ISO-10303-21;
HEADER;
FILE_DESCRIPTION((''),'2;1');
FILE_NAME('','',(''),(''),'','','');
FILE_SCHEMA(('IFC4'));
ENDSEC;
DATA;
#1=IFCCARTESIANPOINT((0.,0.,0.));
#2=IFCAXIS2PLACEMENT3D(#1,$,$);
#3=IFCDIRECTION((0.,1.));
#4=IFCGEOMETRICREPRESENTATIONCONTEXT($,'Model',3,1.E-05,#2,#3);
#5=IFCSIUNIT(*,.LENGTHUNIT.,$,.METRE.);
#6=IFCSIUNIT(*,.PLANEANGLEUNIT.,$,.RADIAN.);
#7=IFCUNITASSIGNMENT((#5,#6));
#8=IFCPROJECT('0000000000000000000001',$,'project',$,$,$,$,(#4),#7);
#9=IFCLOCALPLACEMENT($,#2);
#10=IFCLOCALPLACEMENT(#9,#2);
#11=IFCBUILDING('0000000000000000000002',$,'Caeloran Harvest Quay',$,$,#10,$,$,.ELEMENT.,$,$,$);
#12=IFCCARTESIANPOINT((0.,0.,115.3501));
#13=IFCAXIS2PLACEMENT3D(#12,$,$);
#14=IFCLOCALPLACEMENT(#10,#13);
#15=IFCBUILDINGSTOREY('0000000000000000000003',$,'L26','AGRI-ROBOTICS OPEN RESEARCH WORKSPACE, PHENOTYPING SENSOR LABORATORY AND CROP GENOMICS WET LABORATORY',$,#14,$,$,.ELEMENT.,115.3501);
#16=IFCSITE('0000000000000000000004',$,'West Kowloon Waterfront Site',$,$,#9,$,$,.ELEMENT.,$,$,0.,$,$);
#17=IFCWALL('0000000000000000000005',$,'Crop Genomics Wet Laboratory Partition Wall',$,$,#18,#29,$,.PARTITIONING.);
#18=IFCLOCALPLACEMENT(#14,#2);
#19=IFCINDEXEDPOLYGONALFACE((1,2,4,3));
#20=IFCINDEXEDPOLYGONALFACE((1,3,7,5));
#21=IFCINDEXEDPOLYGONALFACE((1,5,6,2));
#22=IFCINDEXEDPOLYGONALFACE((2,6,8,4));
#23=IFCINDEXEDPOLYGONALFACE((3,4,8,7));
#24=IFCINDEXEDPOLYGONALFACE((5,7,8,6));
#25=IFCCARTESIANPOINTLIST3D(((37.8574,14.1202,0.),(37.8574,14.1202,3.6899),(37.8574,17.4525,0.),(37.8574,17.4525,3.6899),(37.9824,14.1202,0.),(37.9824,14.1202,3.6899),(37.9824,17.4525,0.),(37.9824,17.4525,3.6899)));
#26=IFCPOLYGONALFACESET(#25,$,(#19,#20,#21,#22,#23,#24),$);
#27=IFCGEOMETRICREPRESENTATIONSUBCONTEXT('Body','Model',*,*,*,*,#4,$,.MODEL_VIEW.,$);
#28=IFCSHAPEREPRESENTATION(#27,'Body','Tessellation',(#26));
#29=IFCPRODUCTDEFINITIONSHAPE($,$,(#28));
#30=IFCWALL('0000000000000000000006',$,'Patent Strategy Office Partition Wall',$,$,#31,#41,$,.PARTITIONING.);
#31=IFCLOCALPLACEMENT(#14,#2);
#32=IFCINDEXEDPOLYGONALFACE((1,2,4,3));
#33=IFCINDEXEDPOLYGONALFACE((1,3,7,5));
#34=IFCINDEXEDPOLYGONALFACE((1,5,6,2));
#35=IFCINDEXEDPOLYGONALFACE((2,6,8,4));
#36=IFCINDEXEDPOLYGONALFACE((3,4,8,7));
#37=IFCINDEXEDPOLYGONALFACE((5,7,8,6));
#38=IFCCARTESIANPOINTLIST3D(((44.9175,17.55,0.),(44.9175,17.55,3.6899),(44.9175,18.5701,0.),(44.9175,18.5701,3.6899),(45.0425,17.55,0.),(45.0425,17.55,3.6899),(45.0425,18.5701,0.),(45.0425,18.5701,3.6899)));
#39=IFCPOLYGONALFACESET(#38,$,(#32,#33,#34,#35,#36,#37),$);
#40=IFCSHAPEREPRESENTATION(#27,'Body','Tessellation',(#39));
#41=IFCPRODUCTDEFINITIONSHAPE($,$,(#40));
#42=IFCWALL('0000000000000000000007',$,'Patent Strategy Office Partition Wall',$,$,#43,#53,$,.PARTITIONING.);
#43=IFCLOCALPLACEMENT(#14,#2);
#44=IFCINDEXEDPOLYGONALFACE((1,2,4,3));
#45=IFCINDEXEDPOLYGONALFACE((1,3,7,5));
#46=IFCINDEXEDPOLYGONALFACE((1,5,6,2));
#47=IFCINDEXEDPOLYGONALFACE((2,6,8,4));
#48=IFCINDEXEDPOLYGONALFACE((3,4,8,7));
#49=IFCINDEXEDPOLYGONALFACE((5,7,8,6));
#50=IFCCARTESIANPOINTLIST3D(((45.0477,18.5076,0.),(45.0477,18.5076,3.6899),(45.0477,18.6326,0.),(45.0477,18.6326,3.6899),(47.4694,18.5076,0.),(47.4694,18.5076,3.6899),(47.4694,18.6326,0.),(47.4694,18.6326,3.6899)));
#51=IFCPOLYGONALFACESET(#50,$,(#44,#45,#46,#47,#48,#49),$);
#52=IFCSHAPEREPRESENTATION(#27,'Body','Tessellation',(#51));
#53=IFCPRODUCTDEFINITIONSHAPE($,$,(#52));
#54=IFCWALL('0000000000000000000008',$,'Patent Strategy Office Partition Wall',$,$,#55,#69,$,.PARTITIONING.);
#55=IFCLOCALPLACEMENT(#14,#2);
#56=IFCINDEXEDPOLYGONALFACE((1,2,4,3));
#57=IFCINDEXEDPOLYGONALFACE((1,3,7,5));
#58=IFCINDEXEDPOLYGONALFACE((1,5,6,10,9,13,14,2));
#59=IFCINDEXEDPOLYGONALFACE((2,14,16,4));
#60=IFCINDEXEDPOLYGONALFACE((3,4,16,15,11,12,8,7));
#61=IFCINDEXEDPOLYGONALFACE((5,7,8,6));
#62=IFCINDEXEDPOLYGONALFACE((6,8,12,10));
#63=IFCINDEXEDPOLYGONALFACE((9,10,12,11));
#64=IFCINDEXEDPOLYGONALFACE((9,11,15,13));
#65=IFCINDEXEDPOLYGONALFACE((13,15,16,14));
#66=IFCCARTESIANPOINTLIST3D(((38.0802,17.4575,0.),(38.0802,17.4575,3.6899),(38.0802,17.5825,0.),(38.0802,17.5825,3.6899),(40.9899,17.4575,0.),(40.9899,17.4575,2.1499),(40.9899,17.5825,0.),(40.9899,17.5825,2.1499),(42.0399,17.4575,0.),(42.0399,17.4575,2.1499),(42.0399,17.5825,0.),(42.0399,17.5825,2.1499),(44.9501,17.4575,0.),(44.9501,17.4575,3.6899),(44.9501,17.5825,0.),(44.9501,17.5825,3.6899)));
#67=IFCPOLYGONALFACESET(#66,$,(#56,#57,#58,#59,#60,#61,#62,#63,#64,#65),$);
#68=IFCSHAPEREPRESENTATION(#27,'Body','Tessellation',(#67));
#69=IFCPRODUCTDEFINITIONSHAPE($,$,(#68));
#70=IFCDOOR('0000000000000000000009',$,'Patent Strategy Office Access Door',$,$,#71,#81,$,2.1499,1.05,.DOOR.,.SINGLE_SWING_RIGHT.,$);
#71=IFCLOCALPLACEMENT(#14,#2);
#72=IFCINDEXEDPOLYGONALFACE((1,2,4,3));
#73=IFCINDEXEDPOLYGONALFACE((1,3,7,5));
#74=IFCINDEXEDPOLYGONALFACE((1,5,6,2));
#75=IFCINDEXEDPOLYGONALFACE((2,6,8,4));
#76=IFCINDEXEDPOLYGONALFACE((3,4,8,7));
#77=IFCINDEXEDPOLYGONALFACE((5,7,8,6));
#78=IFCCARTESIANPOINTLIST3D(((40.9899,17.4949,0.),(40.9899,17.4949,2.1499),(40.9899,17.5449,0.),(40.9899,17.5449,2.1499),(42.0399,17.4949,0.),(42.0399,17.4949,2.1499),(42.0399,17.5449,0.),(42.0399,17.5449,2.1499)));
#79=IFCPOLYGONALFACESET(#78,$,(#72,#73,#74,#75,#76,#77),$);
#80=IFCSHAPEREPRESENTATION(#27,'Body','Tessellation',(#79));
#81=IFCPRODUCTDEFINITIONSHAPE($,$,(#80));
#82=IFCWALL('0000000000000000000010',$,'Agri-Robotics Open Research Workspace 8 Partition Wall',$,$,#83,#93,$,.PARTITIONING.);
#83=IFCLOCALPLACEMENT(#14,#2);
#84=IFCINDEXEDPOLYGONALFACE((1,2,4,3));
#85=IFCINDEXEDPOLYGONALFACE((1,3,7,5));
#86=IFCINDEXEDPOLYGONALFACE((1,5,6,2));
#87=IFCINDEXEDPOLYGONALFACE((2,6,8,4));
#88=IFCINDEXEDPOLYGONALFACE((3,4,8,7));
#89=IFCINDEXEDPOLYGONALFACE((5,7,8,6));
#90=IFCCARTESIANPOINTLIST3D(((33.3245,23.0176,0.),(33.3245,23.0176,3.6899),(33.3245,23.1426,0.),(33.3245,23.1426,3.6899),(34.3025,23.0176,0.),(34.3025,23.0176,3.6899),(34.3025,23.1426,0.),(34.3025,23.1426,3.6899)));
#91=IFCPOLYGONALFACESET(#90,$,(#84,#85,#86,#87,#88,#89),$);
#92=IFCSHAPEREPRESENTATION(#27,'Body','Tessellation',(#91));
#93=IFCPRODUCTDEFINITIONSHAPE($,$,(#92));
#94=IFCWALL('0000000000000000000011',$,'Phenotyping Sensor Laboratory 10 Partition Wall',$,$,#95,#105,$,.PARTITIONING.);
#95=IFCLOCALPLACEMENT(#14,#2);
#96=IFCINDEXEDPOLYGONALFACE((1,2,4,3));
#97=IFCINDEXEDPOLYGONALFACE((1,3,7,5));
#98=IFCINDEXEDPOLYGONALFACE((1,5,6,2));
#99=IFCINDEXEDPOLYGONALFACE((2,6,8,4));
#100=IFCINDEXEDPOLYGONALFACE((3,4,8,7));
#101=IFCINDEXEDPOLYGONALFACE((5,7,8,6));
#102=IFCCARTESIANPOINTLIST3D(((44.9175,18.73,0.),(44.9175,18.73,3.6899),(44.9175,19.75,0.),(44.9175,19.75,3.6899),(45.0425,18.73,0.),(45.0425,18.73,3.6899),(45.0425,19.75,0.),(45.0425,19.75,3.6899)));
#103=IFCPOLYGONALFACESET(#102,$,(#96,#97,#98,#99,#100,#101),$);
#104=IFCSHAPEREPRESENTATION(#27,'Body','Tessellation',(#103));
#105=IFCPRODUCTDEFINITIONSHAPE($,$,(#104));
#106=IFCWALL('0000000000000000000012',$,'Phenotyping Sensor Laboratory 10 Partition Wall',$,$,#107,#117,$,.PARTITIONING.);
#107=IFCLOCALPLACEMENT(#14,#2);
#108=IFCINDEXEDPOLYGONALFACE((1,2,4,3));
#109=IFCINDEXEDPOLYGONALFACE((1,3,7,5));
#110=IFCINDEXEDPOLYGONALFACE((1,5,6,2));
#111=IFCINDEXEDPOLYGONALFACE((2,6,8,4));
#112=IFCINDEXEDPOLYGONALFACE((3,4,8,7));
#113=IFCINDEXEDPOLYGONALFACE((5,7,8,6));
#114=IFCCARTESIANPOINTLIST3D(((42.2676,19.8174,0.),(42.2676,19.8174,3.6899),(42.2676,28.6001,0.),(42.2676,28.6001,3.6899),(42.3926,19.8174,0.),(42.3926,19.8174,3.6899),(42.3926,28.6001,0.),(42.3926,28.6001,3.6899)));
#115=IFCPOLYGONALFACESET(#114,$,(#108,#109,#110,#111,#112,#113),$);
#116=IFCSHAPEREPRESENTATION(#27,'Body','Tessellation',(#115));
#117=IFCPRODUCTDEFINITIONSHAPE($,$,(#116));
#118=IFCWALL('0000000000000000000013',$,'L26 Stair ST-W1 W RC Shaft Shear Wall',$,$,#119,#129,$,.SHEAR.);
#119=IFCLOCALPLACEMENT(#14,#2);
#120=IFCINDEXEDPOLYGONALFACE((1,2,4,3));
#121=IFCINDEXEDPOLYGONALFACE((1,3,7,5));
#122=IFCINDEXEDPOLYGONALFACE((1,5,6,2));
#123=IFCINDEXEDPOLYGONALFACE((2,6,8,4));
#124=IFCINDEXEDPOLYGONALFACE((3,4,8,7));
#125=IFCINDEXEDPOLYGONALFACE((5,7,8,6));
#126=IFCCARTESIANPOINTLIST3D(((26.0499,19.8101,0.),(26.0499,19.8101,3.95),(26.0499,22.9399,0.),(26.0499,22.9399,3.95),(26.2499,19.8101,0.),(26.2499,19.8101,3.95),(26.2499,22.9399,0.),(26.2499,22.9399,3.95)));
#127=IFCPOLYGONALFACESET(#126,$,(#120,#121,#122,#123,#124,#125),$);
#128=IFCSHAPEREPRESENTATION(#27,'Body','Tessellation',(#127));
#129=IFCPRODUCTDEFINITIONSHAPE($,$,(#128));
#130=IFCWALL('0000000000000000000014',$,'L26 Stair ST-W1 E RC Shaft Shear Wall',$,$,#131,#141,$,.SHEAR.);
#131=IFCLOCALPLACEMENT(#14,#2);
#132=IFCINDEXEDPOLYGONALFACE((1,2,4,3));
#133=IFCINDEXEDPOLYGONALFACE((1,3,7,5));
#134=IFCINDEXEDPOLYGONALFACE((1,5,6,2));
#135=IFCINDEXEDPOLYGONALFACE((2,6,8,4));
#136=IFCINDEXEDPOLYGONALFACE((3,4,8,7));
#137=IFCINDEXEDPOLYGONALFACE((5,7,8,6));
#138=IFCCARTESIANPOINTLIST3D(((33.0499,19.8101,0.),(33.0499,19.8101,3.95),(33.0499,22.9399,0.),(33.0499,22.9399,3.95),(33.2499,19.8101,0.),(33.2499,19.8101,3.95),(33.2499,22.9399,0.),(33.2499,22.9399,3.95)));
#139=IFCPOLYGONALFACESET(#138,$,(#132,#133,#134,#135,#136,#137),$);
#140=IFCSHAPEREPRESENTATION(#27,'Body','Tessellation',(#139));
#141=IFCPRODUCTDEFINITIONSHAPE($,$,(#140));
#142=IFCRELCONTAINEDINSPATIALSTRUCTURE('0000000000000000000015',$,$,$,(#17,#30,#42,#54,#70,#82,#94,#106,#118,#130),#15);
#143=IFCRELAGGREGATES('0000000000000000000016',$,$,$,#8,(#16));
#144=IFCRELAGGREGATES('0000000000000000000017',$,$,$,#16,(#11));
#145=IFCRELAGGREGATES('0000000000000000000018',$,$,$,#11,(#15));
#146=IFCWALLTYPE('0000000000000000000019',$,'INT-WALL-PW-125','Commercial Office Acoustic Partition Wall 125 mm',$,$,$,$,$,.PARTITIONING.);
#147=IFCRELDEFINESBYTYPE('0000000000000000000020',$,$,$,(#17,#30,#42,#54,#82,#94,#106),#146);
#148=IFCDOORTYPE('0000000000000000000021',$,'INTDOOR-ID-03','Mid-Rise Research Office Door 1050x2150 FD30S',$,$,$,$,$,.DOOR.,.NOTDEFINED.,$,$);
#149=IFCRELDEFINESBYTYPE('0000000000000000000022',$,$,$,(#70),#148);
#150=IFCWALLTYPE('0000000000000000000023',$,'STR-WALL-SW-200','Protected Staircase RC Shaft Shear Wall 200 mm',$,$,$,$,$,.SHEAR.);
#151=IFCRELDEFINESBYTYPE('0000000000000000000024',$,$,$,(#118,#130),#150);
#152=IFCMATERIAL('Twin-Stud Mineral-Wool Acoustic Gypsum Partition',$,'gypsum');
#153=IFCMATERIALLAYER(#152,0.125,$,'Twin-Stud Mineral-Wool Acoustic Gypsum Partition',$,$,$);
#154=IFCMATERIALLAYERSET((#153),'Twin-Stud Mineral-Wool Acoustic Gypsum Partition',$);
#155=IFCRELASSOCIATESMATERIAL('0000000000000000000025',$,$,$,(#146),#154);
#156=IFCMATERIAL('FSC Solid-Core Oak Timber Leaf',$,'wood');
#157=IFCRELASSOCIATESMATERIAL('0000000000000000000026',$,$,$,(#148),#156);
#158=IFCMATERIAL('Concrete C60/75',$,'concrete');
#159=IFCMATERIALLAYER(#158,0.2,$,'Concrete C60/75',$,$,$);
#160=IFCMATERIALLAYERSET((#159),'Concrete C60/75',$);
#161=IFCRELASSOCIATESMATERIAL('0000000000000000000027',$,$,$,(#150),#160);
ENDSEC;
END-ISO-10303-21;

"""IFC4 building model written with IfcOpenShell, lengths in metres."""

from ifc_helpers import new_model, si_unit, direction, frame, frame_2d, origin, place, context, subcontext, project, spatial, rectangle, extrude, material, layer, layer_set, type_object, element, fill, save


model = new_model("IFC4")

# Units and contexts
model_context = context("Model", 3, precision=1e-05, world=origin(), true_north=direction((0.0, 1.0)))
body_context = subcontext(model_context, "Body", "Model", "MODEL_VIEW")
ifc_project = project(units=[si_unit("LENGTHUNIT", "METRE"), si_unit("PLANEANGLEUNIT", "RADIAN")], contexts=[model_context])

# Site, building, storey
site_placement = place(None, origin())
site = spatial("IfcSite", under=ifc_project, at=site_placement, Name="West Kowloon Waterfront Site", CompositionType="ELEMENT", RefElevation=0.0)
building_placement = place(site_placement, origin())
building = spatial("IfcBuilding", under=site, at=building_placement, Name="Caeloran Harvest Quay", CompositionType="ELEMENT")
storey_placement = place(building_placement, frame((0.0, 0.0, 115.3501)))
storey = spatial("IfcBuildingStorey", under=building, at=storey_placement, Name="L26", Description="AGRI-ROBOTICS OPEN RESEARCH WORKSPACE, PHENOTYPING SENSOR LABORATORY AND CROP GENOMICS WET LABORATORY", CompositionType="ELEMENT", Elevation=115.3501)

# Walls
ifc_material_1 = material(Name="Twin-Stud Mineral-Wool Acoustic Gypsum Partition", Category="gypsum")
ifc_layer_1 = layer(ifc_material_1, 0.125, Name="Twin-Stud Mineral-Wool Acoustic Gypsum Partition")
ifc_layer_set_1 = layer_set([ifc_layer_1], Name="Twin-Stud Mineral-Wool Acoustic Gypsum Partition")
wall_type_1 = type_object("IfcWallType", Name="INT-WALL-PW-125", Description="Commercial Office Acoustic Partition Wall 125 mm", PredefinedType="PARTITIONING", material=ifc_layer_set_1)
wall_1_placement = place(storey_placement, frame((37.9199, 17.4524, 0.0), z_axis=(0.0, 0.0, 1.0), x_axis=(0.0, -1.0, 0.0)))
element("IfcWall", 1, at=wall_1_placement, inside=storey, type_object=wall_type_1, Name="Crop Genomics Wet Laboratory Partition Wall", PredefinedType="PARTITIONING", context=body_context, shape_type="SweptSolid", body=[
    extrude(rectangle(XDim=3.3323, YDim=0.125, at=frame_2d((1.666, 0.0))), origin(), (0.0, 0.0, 1.0), 3.6899),
])
wall_2_placement = place(storey_placement, frame((44.98, 17.55, 0.0), z_axis=(0.0, 0.0, 1.0), x_axis=(0.0, 1.0, 0.0)))
element("IfcWall", 2, at=wall_2_placement, inside=storey, type_object=wall_type_1, Name="Patent Strategy Office Partition Wall", PredefinedType="PARTITIONING", context=body_context, shape_type="SweptSolid", body=[
    extrude(rectangle(XDim=1.02, YDim=0.125, at=frame_2d((0.51, 0.0))), origin(), (0.0, 0.0, 1.0), 3.6899),
])
wall_3_placement = place(storey_placement, frame((45.0476, 18.5701, 0.0), z_axis=(0.0, 0.0, 1.0), x_axis=(1.0, 0.0, 0.0)))
element("IfcWall", 3, at=wall_3_placement, inside=storey, type_object=wall_type_1, Name="Patent Strategy Office Partition Wall", PredefinedType="PARTITIONING", context=body_context, shape_type="SweptSolid", body=[
    extrude(rectangle(XDim=2.4216, YDim=0.125, at=frame_2d((1.2109, 0.0))), origin(), (0.0, 0.0, 1.0), 3.6899),
])

# Wall, opening, door
wall_4_placement = place(storey_placement, frame((38.0801, 17.52, 0.0), z_axis=(0.0, 0.0, 1.0), x_axis=(1.0, 0.0, 0.0)))
wall_4 = element("IfcWall", 4, at=wall_4_placement, inside=storey, type_object=wall_type_1, Name="Patent Strategy Office Partition Wall", PredefinedType="PARTITIONING", context=body_context, shape_type="SweptSolid", body=[
    extrude(rectangle(XDim=6.8699, YDim=0.125, at=frame_2d((3.4351, 0.0))), origin(), (0.0, 0.0, 1.0), 3.6899),
])
opening_1_placement = place(wall_4_placement, frame((2.9099, 0.0, 0.0)))
opening_1 = element("IfcOpeningElement", 5, at=opening_1_placement, cuts=wall_4, PredefinedType="OPENING", context=body_context, shape_type="SweptSolid", body=[
    extrude(rectangle(XDim=1.05, YDim=2.1499, at=frame_2d((0.5249, 1.075))), frame((0.0, 0.0725, 0.0), z_axis=(0.0, -1.0, 0.0), x_axis=(1.0, 0.0, 0.0)), (0.0, 0.0, 1.0), 0.145),
])
ifc_material_2 = material(Name="FSC Solid-Core Oak Timber Leaf", Category="wood")
door_type = type_object("IfcDoorType", Name="INTDOOR-ID-03", Description="Mid-Rise Research Office Door 1050x2150 FD30S", OperationType="NOTDEFINED", PredefinedType="DOOR", material=ifc_material_2)
door_1_placement = place(opening_1_placement, origin())
door_1 = element("IfcDoor", 6, at=door_1_placement, inside=storey, type_object=door_type, Name="Patent Strategy Office Access Door", OperationType="SINGLE_SWING_RIGHT", OverallHeight=2.1499, OverallWidth=1.05, PredefinedType="DOOR", context=body_context, shape_type="SweptSolid", body=[
    extrude(rectangle(XDim=1.05, YDim=2.1499, at=frame_2d((0.5249, 1.075))), frame((0.0, 0.0249, 0.0), z_axis=(0.0, -1.0, 0.0), x_axis=(1.0, 0.0, 0.0)), (0.0, 0.0, 1.0), 0.05),
])
fill(opening_1, door_1)

# Walls
wall_5_placement = place(storey_placement, frame((34.3025, 23.0801, 0.0), z_axis=(0.0, 0.0, 1.0), x_axis=(-1.0, 0.0, 0.0)))
element("IfcWall", 7, at=wall_5_placement, inside=storey, type_object=wall_type_1, Name="Agri-Robotics Open Research Workspace 8 Partition Wall", PredefinedType="PARTITIONING", context=body_context, shape_type="SweptSolid", body=[
    extrude(rectangle(XDim=0.978, YDim=0.125, at=frame_2d((0.489, 0.0))), origin(), (0.0, 0.0, 1.0), 3.6899),
])
wall_6_placement = place(storey_placement, frame((44.98, 18.73, 0.0), z_axis=(0.0, 0.0, 1.0), x_axis=(0.0, 1.0, 0.0)))
element("IfcWall", 8, at=wall_6_placement, inside=storey, type_object=wall_type_1, Name="Phenotyping Sensor Laboratory 10 Partition Wall", PredefinedType="PARTITIONING", context=body_context, shape_type="SweptSolid", body=[
    extrude(rectangle(XDim=1.02, YDim=0.125, at=frame_2d((0.51, 0.0))), origin(), (0.0, 0.0, 1.0), 3.6899),
])

# Walls
wall_7_placement = place(storey_placement, frame((42.3301, 19.8174, 0.0), z_axis=(0.0, 0.0, 1.0), x_axis=(0.0, 1.0, 0.0)))
element("IfcWall", 9, at=wall_7_placement, inside=storey, type_object=wall_type_1, Name="Phenotyping Sensor Laboratory 10 Partition Wall", PredefinedType="PARTITIONING", context=body_context, shape_type="SweptSolid", body=[
    extrude(rectangle(XDim=8.7827, YDim=0.125, at=frame_2d((4.3914, 0.0))), origin(), (0.0, 0.0, 1.0), 3.6899),
])
ifc_material_3 = material(Name="Concrete C60/75", Category="concrete")
ifc_layer_2 = layer(ifc_material_3, 0.2, Name="Concrete C60/75")
ifc_layer_set_2 = layer_set([ifc_layer_2], Name="Concrete C60/75")
wall_type_2 = type_object("IfcWallType", Name="STR-WALL-SW-200", Description="Protected Staircase RC Shaft Shear Wall 200 mm", PredefinedType="SHEAR", material=ifc_layer_set_2)
for number, where, z_axis, x_axis, name in (
    (10, (26.1499, 19.8101, 0.0), (0.0, 0.0, 1.0), (0.0, 1.0, 0.0), "L26 Stair ST-W1 W RC Shaft Shear Wall"),
    (11, (33.1499, 19.8101, 0.0), (0.0, 0.0, 1.0), (0.0, 1.0, 0.0), "L26 Stair ST-W1 E RC Shaft Shear Wall"),
):
    element("IfcWall", number, at=place(storey_placement, frame(where, z_axis=z_axis, x_axis=x_axis)), inside=storey, type_object=wall_type_2, Name=name, PredefinedType="SHEAR", context=body_context, shape_type="SweptSolid", body=[
        extrude(rectangle(XDim=3.1299, YDim=0.2, at=frame_2d((1.5649, 0.0))), origin(), (0.0, 0.0, 1.0), 3.95),
    ])

save(model, "model.ifc")
